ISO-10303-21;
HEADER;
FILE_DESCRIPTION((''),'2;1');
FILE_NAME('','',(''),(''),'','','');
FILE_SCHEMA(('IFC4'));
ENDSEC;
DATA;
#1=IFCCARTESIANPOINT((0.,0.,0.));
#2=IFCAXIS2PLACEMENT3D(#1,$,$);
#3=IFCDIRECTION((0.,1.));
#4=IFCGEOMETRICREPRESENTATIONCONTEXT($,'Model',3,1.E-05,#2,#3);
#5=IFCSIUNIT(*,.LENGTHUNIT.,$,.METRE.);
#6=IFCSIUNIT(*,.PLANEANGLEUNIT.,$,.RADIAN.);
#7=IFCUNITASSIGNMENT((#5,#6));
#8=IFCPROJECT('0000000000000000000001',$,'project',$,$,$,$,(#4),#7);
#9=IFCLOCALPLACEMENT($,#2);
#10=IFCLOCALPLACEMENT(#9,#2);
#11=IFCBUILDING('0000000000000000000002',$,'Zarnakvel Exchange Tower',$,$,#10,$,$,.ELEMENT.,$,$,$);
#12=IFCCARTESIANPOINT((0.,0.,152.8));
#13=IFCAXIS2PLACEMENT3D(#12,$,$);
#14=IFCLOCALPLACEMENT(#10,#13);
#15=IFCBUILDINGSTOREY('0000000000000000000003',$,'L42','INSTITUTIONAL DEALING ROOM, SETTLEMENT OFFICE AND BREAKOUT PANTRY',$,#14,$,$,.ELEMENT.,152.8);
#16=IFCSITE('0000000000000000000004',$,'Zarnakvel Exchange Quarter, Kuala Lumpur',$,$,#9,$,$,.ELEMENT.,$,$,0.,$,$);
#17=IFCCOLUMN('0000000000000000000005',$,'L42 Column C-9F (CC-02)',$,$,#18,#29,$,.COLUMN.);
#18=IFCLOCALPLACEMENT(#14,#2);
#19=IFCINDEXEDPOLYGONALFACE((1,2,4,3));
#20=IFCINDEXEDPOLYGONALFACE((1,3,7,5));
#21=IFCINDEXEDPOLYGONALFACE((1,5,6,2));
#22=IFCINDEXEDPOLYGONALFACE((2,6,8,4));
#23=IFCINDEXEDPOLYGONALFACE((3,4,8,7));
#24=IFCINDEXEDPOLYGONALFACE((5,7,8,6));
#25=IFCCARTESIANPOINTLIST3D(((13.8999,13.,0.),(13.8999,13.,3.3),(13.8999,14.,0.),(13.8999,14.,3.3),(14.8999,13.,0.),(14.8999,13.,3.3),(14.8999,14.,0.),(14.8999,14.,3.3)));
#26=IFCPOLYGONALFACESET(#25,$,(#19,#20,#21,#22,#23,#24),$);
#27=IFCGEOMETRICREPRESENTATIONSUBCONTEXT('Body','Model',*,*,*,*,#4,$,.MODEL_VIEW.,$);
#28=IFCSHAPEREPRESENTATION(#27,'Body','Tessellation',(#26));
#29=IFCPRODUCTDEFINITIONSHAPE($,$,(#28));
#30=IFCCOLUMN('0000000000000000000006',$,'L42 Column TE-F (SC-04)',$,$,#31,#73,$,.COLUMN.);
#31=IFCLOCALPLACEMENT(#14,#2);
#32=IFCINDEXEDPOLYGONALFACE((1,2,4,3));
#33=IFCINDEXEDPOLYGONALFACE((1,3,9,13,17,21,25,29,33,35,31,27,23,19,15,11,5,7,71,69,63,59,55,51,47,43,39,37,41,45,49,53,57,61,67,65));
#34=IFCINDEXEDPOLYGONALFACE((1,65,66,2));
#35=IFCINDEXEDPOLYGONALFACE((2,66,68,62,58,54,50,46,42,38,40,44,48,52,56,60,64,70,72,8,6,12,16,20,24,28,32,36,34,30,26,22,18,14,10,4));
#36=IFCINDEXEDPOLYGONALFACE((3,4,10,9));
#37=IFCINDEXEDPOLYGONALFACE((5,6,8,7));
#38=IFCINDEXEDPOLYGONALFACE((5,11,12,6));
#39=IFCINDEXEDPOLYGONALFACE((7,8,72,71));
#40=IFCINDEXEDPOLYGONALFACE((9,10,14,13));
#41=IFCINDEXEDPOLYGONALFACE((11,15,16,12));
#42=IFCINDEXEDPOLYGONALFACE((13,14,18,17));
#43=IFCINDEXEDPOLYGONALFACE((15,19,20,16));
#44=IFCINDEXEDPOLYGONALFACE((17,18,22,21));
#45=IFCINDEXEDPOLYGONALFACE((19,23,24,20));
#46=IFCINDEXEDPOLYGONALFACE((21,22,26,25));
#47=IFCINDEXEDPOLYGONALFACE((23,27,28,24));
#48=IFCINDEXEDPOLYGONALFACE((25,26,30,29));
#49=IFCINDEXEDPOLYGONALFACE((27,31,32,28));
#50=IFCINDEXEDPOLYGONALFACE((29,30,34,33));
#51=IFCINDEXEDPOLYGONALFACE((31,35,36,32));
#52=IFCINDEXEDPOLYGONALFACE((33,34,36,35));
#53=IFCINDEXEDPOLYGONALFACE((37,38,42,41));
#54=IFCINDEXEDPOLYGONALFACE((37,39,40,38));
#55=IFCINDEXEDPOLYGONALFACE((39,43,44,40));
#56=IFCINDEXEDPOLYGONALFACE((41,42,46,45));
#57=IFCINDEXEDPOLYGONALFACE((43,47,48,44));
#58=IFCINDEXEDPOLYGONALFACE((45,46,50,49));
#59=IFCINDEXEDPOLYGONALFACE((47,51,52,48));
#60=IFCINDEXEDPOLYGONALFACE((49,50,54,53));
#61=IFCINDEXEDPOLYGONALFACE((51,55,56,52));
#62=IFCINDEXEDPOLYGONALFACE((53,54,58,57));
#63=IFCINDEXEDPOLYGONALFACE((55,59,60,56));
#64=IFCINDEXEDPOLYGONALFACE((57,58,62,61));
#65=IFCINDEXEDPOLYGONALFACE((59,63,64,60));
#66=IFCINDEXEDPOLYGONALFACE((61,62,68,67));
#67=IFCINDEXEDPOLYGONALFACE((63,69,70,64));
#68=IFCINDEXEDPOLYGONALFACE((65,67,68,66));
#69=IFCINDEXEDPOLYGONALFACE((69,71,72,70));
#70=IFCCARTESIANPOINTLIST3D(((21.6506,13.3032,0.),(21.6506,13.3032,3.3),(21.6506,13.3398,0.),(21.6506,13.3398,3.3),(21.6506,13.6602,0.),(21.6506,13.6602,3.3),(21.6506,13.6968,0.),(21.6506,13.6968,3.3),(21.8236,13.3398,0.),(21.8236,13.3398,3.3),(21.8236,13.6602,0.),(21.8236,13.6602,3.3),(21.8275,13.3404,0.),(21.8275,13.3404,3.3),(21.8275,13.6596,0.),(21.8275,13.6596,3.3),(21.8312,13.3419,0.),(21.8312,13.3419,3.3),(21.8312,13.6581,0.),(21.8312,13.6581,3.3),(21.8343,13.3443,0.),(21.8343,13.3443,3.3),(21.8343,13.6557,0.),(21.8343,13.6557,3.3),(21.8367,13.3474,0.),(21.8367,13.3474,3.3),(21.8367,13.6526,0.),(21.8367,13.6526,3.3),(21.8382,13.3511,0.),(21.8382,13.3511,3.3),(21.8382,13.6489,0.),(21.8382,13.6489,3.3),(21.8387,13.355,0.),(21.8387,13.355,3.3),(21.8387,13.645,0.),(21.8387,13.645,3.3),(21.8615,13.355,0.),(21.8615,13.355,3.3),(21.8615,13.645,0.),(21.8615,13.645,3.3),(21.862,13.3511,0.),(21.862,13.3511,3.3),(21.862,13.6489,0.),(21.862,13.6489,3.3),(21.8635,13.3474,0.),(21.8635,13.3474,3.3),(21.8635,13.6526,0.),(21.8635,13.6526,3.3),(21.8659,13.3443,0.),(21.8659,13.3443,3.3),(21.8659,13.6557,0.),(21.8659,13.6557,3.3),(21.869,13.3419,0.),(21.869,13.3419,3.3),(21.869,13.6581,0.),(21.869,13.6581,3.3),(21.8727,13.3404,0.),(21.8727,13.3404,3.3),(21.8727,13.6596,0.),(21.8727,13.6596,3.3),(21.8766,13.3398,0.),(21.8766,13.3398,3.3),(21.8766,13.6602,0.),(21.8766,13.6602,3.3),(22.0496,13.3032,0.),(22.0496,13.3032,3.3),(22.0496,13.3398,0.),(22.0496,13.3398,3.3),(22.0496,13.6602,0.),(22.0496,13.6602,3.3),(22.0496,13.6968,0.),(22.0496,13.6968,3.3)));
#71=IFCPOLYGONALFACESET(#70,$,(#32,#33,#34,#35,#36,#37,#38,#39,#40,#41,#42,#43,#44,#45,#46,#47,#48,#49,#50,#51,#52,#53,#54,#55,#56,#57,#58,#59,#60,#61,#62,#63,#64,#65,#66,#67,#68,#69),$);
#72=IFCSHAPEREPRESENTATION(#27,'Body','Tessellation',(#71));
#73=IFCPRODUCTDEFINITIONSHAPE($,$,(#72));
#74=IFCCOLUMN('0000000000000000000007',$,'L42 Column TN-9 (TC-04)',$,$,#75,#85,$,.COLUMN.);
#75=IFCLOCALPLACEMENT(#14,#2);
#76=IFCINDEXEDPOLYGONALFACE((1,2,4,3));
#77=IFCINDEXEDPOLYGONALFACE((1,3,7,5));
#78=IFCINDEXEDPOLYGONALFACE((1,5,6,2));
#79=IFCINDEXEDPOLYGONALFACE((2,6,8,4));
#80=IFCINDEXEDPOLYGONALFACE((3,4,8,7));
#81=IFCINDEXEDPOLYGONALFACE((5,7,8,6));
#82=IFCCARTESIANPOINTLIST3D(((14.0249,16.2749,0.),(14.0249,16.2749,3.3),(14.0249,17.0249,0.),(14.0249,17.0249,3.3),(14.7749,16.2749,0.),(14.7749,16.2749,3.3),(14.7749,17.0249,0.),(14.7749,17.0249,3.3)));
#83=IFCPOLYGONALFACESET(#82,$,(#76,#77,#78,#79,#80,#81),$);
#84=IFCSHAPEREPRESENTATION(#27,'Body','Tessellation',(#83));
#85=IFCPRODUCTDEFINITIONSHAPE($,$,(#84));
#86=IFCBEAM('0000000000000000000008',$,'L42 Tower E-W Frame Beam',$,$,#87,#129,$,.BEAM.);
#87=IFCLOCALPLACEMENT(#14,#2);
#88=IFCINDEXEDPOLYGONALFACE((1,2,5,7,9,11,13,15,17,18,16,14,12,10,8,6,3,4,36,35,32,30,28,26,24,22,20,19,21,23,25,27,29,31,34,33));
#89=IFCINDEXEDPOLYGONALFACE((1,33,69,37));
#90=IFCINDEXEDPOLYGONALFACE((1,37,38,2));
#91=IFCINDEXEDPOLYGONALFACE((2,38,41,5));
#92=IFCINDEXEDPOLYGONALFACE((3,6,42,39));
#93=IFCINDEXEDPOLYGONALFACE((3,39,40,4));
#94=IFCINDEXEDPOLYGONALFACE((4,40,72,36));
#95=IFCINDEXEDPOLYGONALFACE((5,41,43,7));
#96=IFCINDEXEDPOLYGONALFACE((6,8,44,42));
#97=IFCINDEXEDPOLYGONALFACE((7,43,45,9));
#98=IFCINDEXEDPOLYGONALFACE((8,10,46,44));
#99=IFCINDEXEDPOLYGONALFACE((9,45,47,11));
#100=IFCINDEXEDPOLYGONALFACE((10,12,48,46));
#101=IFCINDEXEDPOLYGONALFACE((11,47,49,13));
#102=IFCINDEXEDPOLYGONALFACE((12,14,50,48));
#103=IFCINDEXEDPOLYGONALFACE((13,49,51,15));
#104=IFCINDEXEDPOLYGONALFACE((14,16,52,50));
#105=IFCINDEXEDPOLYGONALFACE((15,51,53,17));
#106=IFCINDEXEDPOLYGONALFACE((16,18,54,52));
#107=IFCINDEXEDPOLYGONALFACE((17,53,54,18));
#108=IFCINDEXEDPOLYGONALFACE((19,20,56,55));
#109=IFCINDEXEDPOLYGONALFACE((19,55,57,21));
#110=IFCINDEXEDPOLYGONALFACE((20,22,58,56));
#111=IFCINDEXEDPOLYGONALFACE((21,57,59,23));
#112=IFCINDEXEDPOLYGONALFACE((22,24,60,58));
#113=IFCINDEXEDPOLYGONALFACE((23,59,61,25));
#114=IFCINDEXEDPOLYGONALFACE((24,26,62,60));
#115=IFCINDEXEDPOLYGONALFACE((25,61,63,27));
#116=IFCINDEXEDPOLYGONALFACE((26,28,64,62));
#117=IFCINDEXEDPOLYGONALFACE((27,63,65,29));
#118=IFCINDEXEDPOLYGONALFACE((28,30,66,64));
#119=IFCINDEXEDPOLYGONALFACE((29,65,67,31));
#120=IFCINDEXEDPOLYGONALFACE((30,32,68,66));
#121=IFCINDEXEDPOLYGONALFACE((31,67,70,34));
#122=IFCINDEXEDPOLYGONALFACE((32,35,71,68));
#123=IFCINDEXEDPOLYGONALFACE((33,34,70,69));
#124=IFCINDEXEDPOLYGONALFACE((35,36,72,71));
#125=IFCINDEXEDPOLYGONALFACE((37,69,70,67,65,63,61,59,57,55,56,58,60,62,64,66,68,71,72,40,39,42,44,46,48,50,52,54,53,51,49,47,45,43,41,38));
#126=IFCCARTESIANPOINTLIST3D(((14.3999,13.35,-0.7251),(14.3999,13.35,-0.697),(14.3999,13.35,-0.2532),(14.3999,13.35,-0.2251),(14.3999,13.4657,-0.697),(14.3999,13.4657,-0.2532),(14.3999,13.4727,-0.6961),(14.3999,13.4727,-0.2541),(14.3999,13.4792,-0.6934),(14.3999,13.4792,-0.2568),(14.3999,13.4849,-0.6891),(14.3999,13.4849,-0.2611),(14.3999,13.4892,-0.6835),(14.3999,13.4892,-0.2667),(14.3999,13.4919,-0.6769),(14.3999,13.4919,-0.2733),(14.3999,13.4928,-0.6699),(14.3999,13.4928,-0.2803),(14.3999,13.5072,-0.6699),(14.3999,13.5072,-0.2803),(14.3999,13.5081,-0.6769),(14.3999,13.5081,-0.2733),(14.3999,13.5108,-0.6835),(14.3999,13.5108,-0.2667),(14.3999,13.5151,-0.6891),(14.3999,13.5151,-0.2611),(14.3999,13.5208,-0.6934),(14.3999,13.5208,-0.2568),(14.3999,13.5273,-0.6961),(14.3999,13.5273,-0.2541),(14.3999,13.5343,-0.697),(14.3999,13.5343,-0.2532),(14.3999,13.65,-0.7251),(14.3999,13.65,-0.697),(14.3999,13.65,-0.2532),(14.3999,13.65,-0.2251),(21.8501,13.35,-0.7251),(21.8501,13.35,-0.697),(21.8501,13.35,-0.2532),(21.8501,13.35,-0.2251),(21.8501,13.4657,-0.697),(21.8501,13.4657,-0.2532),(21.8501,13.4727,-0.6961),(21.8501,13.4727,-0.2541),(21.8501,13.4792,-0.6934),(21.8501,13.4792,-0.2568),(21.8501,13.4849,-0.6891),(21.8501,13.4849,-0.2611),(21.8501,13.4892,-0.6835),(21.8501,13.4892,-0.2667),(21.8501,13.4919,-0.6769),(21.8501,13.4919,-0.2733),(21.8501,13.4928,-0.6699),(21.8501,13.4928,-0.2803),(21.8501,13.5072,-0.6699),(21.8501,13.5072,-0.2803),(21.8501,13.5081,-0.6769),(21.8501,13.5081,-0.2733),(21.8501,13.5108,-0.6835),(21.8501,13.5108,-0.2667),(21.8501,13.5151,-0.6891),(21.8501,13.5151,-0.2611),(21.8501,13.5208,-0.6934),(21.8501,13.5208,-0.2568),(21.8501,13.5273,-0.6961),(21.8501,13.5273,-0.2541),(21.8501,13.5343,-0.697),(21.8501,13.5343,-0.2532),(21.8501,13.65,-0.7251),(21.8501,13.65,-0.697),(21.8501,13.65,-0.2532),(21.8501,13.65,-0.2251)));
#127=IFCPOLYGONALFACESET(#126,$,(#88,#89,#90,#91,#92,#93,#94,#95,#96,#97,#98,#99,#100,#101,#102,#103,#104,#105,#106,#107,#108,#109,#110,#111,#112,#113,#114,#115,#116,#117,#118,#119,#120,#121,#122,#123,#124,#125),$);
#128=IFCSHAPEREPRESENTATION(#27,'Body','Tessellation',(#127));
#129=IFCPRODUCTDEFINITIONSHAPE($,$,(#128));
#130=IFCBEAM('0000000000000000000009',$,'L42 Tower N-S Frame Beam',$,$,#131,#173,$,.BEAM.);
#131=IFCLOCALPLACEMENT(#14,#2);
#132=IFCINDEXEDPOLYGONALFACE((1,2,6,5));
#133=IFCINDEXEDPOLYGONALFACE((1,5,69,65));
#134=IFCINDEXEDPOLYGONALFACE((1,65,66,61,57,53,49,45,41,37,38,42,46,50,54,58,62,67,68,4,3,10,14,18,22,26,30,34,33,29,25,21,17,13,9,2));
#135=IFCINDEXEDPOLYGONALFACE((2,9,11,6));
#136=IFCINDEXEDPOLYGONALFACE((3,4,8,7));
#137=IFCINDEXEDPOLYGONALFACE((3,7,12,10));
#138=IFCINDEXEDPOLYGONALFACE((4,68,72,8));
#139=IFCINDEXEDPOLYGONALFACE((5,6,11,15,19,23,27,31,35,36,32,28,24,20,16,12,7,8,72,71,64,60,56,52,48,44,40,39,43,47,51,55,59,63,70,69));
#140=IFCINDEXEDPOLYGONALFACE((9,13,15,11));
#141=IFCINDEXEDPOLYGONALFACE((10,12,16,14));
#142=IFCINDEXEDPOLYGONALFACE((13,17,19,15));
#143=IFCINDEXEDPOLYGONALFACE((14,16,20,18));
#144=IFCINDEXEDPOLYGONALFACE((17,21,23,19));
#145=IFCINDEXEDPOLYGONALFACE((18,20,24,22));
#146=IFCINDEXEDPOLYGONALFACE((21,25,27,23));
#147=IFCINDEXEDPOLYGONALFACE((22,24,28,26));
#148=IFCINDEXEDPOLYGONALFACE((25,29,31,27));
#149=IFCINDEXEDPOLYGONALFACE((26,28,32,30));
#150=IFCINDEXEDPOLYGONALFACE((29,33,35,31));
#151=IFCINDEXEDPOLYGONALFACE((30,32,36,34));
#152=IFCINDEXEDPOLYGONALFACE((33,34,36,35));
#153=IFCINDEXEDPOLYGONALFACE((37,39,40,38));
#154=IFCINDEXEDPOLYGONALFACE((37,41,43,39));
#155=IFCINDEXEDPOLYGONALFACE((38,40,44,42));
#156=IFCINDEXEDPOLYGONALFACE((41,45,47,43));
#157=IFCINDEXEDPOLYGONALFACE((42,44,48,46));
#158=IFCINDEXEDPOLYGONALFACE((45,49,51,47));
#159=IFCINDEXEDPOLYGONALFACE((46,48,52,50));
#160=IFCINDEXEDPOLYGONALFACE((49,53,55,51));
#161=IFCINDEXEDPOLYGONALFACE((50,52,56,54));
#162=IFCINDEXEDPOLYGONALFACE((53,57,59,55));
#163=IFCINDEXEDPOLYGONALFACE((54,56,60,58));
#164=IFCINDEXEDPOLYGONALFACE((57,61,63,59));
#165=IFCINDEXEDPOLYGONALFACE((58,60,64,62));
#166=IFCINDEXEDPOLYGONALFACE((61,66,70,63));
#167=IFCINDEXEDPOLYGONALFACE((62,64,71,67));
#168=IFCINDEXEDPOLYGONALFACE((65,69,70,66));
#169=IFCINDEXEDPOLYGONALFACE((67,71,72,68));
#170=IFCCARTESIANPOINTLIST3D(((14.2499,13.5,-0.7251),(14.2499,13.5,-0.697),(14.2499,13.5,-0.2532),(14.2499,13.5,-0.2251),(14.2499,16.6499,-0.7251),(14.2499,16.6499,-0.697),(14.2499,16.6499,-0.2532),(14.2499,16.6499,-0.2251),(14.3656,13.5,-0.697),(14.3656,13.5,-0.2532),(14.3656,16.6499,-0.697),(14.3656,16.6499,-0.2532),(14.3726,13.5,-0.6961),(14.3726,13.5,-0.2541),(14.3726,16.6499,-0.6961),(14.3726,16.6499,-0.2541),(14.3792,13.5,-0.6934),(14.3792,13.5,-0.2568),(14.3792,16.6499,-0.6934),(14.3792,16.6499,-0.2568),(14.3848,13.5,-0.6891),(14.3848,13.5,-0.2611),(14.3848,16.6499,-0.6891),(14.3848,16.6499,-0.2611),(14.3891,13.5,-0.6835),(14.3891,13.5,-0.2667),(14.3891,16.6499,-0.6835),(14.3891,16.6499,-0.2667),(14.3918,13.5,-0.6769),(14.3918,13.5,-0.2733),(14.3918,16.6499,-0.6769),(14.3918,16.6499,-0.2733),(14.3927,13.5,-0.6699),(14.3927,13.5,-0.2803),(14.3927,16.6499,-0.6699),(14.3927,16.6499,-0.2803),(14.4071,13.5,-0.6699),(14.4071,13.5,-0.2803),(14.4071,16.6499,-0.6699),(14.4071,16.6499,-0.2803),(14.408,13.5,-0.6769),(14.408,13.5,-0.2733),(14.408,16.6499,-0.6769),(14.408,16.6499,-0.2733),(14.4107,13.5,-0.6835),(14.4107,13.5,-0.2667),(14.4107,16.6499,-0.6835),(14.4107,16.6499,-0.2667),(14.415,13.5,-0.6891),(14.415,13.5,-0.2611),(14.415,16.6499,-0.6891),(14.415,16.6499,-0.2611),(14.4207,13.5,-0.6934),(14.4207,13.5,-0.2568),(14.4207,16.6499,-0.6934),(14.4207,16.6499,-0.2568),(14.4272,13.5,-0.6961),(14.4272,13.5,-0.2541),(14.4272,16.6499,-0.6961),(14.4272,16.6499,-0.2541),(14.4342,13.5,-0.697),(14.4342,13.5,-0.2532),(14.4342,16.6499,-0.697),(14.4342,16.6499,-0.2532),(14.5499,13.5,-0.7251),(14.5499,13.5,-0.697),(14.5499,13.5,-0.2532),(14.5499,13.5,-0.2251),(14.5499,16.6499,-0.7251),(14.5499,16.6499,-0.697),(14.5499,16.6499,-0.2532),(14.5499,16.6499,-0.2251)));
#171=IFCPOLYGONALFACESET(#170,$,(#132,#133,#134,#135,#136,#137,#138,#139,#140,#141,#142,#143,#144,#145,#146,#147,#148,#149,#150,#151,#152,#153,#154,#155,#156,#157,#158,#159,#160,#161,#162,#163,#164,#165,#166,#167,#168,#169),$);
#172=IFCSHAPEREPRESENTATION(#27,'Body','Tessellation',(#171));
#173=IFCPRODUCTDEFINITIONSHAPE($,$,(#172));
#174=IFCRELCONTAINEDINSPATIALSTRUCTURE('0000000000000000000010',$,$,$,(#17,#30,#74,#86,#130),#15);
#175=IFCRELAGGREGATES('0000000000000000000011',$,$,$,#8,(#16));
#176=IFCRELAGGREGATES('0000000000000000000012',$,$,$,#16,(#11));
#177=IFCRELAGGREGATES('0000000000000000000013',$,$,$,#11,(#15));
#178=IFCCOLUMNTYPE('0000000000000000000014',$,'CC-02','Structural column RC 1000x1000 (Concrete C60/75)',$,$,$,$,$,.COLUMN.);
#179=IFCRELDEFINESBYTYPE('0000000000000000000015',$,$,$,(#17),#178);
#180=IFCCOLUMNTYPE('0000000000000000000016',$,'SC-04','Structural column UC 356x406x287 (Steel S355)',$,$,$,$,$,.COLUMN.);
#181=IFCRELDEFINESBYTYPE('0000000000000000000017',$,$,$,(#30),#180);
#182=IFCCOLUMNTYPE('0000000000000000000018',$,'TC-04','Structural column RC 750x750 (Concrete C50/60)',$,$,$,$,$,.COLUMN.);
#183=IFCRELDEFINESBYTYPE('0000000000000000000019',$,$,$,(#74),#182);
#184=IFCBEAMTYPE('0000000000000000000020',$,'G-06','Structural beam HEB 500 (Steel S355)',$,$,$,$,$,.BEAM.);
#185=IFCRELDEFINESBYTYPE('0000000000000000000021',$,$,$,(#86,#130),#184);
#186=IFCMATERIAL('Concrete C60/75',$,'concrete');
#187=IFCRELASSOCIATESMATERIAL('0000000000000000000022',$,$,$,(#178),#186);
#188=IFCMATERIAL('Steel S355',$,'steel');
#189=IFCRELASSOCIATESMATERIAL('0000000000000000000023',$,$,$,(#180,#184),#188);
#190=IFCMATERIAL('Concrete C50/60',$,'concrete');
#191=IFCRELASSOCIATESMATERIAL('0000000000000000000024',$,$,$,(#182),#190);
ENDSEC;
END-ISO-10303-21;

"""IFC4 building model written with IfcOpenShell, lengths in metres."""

from ifc_helpers import new_model, si_unit, direction, frame, origin, origin_2d, place, context, subcontext, project, spatial, rectangle, i_section, extrude, material, material_profile, profile_set, type_object, element, save


model = new_model("IFC4")

# Units and contexts
model_context = context("Model", 3, precision=1e-05, world=origin(), true_north=direction((0.0, 1.0)))
body_context = subcontext(model_context, "Body", "Model", "MODEL_VIEW")
ifc_project = project(units=[si_unit("LENGTHUNIT", "METRE"), si_unit("PLANEANGLEUNIT", "RADIAN")], contexts=[model_context])

# Site, building, storey
site_placement = place(None, origin())
site = spatial("IfcSite", under=ifc_project, at=site_placement, Name="Zarnakvel Exchange Quarter, Kuala Lumpur", CompositionType="ELEMENT", RefElevation=0.0)
building_placement = place(site_placement, origin())
building = spatial("IfcBuilding", under=site, at=building_placement, Name="Zarnakvel Exchange Tower", CompositionType="ELEMENT")
storey_placement = place(building_placement, frame((0.0, 0.0, 152.8)))
storey = spatial("IfcBuildingStorey", under=building, at=storey_placement, Name="L42", Description="INSTITUTIONAL DEALING ROOM, SETTLEMENT OFFICE AND BREAKOUT PANTRY", CompositionType="ELEMENT", Elevation=152.8)

# Columns
ifc_material_1 = material(Name="Concrete C60/75", Category="concrete")
ifc_material_profile_1 = material_profile(ifc_material_1, rectangle(XDim=1.0, YDim=1.0, at=origin_2d()))
ifc_profile_set_1 = profile_set([ifc_material_profile_1], Name="Concrete C60/75")
column_type_1 = type_object("IfcColumnType", Name="CC-02", Description="Structural column RC 1000x1000 (Concrete C60/75)", PredefinedType="COLUMN", material=ifc_profile_set_1)
column_1_placement = place(storey_placement, frame((14.3999, 13.5, 0.0), z_axis=(0.0, 0.0, 1.0), x_axis=(1.0, 0.0, 0.0)))
element("IfcColumn", 1, at=column_1_placement, inside=storey, type_object=column_type_1, Name="L42 Column C-9F (CC-02)", PredefinedType="COLUMN", context=body_context, shape_type="SweptSolid", body=[
    extrude(rectangle(XDim=1.0, YDim=1.0, at=origin_2d()), origin(), (0.0, 0.0, 1.0), 3.3),
])
ifc_material_2 = material(Name="Steel S355", Category="steel")
ifc_material_profile_2 = material_profile(ifc_material_2, i_section(OverallWidth=0.3989, OverallDepth=0.3936, WebThickness=0.0227, FlangeThickness=0.0366, FilletRadius=0.0151, at=origin_2d()))
ifc_profile_set_2 = profile_set([ifc_material_profile_2], Name="Steel S355")
column_type_2 = type_object("IfcColumnType", Name="SC-04", Description="Structural column UC 356x406x287 (Steel S355)", PredefinedType="COLUMN", material=ifc_profile_set_2)
column_2_placement = place(storey_placement, frame((21.8501, 13.5, 0.0), z_axis=(0.0, 0.0, 1.0), x_axis=(1.0, 0.0, 0.0)))
element("IfcColumn", 2, at=column_2_placement, inside=storey, type_object=column_type_2, Name="L42 Column TE-F (SC-04)", PredefinedType="COLUMN", context=body_context, shape_type="SweptSolid", body=[
    extrude(i_section(OverallWidth=0.3989, OverallDepth=0.3936, WebThickness=0.0227, FlangeThickness=0.0366, FilletRadius=0.0151, at=origin_2d()), origin(), (0.0, 0.0, 1.0), 3.3),
])
ifc_material_3 = material(Name="Concrete C50/60", Category="concrete")
ifc_material_profile_3 = material_profile(ifc_material_3, rectangle(XDim=0.75, YDim=0.75, at=origin_2d()))
ifc_profile_set_3 = profile_set([ifc_material_profile_3], Name="Concrete C50/60")
column_type_3 = type_object("IfcColumnType", Name="TC-04", Description="Structural column RC 750x750 (Concrete C50/60)", PredefinedType="COLUMN", material=ifc_profile_set_3)
column_3_placement = place(storey_placement, frame((14.3999, 16.6499, 0.0), z_axis=(0.0, 0.0, 1.0), x_axis=(1.0, 0.0, 0.0)))
element("IfcColumn", 3, at=column_3_placement, inside=storey, type_object=column_type_3, Name="L42 Column TN-9 (TC-04)", PredefinedType="COLUMN", context=body_context, shape_type="SweptSolid", body=[
    extrude(rectangle(XDim=0.75, YDim=0.75, at=origin_2d()), origin(), (0.0, 0.0, 1.0), 3.3),
])

# Beams
ifc_material_profile_4 = material_profile(ifc_material_2, i_section(OverallWidth=0.3, OverallDepth=0.5, WebThickness=0.0144, FlangeThickness=0.0281, FilletRadius=0.0271, at=origin_2d()))
ifc_profile_set_4 = profile_set([ifc_material_profile_4], Name="Steel S355")
beam_type = type_object("IfcBeamType", Name="G-06", Description="Structural beam HEB 500 (Steel S355)", PredefinedType="BEAM", material=ifc_profile_set_4)
beam_1_placement = place(storey_placement, frame((14.3999, 13.5, -0.4751), z_axis=(1.0, 0.0, 0.0), x_axis=(0.0, 1.0, 0.0)))
element("IfcBeam", 4, at=beam_1_placement, inside=storey, type_object=beam_type, Name="L42 Tower E-W Frame Beam", PredefinedType="BEAM", context=body_context, shape_type="SweptSolid", body=[
    extrude(i_section(OverallWidth=0.3, OverallDepth=0.5, WebThickness=0.0144, FlangeThickness=0.0281, FilletRadius=0.0271, at=origin_2d()), origin(), (0.0, 0.0, 1.0), 7.4502),
])
beam_2_placement = place(storey_placement, frame((14.3999, 13.5, -0.4751), z_axis=(0.0, 1.0, 0.0), x_axis=(-1.0, 0.0, 0.0)))
element("IfcBeam", 5, at=beam_2_placement, inside=storey, type_object=beam_type, Name="L42 Tower N-S Frame Beam", PredefinedType="BEAM", context=body_context, shape_type="SweptSolid", body=[
    extrude(i_section(OverallWidth=0.3, OverallDepth=0.5, WebThickness=0.0144, FlangeThickness=0.0281, FilletRadius=0.0271, at=origin_2d()), origin(), (0.0, 0.0, 1.0), 3.1499),
])

save(model, "model.ifc")
